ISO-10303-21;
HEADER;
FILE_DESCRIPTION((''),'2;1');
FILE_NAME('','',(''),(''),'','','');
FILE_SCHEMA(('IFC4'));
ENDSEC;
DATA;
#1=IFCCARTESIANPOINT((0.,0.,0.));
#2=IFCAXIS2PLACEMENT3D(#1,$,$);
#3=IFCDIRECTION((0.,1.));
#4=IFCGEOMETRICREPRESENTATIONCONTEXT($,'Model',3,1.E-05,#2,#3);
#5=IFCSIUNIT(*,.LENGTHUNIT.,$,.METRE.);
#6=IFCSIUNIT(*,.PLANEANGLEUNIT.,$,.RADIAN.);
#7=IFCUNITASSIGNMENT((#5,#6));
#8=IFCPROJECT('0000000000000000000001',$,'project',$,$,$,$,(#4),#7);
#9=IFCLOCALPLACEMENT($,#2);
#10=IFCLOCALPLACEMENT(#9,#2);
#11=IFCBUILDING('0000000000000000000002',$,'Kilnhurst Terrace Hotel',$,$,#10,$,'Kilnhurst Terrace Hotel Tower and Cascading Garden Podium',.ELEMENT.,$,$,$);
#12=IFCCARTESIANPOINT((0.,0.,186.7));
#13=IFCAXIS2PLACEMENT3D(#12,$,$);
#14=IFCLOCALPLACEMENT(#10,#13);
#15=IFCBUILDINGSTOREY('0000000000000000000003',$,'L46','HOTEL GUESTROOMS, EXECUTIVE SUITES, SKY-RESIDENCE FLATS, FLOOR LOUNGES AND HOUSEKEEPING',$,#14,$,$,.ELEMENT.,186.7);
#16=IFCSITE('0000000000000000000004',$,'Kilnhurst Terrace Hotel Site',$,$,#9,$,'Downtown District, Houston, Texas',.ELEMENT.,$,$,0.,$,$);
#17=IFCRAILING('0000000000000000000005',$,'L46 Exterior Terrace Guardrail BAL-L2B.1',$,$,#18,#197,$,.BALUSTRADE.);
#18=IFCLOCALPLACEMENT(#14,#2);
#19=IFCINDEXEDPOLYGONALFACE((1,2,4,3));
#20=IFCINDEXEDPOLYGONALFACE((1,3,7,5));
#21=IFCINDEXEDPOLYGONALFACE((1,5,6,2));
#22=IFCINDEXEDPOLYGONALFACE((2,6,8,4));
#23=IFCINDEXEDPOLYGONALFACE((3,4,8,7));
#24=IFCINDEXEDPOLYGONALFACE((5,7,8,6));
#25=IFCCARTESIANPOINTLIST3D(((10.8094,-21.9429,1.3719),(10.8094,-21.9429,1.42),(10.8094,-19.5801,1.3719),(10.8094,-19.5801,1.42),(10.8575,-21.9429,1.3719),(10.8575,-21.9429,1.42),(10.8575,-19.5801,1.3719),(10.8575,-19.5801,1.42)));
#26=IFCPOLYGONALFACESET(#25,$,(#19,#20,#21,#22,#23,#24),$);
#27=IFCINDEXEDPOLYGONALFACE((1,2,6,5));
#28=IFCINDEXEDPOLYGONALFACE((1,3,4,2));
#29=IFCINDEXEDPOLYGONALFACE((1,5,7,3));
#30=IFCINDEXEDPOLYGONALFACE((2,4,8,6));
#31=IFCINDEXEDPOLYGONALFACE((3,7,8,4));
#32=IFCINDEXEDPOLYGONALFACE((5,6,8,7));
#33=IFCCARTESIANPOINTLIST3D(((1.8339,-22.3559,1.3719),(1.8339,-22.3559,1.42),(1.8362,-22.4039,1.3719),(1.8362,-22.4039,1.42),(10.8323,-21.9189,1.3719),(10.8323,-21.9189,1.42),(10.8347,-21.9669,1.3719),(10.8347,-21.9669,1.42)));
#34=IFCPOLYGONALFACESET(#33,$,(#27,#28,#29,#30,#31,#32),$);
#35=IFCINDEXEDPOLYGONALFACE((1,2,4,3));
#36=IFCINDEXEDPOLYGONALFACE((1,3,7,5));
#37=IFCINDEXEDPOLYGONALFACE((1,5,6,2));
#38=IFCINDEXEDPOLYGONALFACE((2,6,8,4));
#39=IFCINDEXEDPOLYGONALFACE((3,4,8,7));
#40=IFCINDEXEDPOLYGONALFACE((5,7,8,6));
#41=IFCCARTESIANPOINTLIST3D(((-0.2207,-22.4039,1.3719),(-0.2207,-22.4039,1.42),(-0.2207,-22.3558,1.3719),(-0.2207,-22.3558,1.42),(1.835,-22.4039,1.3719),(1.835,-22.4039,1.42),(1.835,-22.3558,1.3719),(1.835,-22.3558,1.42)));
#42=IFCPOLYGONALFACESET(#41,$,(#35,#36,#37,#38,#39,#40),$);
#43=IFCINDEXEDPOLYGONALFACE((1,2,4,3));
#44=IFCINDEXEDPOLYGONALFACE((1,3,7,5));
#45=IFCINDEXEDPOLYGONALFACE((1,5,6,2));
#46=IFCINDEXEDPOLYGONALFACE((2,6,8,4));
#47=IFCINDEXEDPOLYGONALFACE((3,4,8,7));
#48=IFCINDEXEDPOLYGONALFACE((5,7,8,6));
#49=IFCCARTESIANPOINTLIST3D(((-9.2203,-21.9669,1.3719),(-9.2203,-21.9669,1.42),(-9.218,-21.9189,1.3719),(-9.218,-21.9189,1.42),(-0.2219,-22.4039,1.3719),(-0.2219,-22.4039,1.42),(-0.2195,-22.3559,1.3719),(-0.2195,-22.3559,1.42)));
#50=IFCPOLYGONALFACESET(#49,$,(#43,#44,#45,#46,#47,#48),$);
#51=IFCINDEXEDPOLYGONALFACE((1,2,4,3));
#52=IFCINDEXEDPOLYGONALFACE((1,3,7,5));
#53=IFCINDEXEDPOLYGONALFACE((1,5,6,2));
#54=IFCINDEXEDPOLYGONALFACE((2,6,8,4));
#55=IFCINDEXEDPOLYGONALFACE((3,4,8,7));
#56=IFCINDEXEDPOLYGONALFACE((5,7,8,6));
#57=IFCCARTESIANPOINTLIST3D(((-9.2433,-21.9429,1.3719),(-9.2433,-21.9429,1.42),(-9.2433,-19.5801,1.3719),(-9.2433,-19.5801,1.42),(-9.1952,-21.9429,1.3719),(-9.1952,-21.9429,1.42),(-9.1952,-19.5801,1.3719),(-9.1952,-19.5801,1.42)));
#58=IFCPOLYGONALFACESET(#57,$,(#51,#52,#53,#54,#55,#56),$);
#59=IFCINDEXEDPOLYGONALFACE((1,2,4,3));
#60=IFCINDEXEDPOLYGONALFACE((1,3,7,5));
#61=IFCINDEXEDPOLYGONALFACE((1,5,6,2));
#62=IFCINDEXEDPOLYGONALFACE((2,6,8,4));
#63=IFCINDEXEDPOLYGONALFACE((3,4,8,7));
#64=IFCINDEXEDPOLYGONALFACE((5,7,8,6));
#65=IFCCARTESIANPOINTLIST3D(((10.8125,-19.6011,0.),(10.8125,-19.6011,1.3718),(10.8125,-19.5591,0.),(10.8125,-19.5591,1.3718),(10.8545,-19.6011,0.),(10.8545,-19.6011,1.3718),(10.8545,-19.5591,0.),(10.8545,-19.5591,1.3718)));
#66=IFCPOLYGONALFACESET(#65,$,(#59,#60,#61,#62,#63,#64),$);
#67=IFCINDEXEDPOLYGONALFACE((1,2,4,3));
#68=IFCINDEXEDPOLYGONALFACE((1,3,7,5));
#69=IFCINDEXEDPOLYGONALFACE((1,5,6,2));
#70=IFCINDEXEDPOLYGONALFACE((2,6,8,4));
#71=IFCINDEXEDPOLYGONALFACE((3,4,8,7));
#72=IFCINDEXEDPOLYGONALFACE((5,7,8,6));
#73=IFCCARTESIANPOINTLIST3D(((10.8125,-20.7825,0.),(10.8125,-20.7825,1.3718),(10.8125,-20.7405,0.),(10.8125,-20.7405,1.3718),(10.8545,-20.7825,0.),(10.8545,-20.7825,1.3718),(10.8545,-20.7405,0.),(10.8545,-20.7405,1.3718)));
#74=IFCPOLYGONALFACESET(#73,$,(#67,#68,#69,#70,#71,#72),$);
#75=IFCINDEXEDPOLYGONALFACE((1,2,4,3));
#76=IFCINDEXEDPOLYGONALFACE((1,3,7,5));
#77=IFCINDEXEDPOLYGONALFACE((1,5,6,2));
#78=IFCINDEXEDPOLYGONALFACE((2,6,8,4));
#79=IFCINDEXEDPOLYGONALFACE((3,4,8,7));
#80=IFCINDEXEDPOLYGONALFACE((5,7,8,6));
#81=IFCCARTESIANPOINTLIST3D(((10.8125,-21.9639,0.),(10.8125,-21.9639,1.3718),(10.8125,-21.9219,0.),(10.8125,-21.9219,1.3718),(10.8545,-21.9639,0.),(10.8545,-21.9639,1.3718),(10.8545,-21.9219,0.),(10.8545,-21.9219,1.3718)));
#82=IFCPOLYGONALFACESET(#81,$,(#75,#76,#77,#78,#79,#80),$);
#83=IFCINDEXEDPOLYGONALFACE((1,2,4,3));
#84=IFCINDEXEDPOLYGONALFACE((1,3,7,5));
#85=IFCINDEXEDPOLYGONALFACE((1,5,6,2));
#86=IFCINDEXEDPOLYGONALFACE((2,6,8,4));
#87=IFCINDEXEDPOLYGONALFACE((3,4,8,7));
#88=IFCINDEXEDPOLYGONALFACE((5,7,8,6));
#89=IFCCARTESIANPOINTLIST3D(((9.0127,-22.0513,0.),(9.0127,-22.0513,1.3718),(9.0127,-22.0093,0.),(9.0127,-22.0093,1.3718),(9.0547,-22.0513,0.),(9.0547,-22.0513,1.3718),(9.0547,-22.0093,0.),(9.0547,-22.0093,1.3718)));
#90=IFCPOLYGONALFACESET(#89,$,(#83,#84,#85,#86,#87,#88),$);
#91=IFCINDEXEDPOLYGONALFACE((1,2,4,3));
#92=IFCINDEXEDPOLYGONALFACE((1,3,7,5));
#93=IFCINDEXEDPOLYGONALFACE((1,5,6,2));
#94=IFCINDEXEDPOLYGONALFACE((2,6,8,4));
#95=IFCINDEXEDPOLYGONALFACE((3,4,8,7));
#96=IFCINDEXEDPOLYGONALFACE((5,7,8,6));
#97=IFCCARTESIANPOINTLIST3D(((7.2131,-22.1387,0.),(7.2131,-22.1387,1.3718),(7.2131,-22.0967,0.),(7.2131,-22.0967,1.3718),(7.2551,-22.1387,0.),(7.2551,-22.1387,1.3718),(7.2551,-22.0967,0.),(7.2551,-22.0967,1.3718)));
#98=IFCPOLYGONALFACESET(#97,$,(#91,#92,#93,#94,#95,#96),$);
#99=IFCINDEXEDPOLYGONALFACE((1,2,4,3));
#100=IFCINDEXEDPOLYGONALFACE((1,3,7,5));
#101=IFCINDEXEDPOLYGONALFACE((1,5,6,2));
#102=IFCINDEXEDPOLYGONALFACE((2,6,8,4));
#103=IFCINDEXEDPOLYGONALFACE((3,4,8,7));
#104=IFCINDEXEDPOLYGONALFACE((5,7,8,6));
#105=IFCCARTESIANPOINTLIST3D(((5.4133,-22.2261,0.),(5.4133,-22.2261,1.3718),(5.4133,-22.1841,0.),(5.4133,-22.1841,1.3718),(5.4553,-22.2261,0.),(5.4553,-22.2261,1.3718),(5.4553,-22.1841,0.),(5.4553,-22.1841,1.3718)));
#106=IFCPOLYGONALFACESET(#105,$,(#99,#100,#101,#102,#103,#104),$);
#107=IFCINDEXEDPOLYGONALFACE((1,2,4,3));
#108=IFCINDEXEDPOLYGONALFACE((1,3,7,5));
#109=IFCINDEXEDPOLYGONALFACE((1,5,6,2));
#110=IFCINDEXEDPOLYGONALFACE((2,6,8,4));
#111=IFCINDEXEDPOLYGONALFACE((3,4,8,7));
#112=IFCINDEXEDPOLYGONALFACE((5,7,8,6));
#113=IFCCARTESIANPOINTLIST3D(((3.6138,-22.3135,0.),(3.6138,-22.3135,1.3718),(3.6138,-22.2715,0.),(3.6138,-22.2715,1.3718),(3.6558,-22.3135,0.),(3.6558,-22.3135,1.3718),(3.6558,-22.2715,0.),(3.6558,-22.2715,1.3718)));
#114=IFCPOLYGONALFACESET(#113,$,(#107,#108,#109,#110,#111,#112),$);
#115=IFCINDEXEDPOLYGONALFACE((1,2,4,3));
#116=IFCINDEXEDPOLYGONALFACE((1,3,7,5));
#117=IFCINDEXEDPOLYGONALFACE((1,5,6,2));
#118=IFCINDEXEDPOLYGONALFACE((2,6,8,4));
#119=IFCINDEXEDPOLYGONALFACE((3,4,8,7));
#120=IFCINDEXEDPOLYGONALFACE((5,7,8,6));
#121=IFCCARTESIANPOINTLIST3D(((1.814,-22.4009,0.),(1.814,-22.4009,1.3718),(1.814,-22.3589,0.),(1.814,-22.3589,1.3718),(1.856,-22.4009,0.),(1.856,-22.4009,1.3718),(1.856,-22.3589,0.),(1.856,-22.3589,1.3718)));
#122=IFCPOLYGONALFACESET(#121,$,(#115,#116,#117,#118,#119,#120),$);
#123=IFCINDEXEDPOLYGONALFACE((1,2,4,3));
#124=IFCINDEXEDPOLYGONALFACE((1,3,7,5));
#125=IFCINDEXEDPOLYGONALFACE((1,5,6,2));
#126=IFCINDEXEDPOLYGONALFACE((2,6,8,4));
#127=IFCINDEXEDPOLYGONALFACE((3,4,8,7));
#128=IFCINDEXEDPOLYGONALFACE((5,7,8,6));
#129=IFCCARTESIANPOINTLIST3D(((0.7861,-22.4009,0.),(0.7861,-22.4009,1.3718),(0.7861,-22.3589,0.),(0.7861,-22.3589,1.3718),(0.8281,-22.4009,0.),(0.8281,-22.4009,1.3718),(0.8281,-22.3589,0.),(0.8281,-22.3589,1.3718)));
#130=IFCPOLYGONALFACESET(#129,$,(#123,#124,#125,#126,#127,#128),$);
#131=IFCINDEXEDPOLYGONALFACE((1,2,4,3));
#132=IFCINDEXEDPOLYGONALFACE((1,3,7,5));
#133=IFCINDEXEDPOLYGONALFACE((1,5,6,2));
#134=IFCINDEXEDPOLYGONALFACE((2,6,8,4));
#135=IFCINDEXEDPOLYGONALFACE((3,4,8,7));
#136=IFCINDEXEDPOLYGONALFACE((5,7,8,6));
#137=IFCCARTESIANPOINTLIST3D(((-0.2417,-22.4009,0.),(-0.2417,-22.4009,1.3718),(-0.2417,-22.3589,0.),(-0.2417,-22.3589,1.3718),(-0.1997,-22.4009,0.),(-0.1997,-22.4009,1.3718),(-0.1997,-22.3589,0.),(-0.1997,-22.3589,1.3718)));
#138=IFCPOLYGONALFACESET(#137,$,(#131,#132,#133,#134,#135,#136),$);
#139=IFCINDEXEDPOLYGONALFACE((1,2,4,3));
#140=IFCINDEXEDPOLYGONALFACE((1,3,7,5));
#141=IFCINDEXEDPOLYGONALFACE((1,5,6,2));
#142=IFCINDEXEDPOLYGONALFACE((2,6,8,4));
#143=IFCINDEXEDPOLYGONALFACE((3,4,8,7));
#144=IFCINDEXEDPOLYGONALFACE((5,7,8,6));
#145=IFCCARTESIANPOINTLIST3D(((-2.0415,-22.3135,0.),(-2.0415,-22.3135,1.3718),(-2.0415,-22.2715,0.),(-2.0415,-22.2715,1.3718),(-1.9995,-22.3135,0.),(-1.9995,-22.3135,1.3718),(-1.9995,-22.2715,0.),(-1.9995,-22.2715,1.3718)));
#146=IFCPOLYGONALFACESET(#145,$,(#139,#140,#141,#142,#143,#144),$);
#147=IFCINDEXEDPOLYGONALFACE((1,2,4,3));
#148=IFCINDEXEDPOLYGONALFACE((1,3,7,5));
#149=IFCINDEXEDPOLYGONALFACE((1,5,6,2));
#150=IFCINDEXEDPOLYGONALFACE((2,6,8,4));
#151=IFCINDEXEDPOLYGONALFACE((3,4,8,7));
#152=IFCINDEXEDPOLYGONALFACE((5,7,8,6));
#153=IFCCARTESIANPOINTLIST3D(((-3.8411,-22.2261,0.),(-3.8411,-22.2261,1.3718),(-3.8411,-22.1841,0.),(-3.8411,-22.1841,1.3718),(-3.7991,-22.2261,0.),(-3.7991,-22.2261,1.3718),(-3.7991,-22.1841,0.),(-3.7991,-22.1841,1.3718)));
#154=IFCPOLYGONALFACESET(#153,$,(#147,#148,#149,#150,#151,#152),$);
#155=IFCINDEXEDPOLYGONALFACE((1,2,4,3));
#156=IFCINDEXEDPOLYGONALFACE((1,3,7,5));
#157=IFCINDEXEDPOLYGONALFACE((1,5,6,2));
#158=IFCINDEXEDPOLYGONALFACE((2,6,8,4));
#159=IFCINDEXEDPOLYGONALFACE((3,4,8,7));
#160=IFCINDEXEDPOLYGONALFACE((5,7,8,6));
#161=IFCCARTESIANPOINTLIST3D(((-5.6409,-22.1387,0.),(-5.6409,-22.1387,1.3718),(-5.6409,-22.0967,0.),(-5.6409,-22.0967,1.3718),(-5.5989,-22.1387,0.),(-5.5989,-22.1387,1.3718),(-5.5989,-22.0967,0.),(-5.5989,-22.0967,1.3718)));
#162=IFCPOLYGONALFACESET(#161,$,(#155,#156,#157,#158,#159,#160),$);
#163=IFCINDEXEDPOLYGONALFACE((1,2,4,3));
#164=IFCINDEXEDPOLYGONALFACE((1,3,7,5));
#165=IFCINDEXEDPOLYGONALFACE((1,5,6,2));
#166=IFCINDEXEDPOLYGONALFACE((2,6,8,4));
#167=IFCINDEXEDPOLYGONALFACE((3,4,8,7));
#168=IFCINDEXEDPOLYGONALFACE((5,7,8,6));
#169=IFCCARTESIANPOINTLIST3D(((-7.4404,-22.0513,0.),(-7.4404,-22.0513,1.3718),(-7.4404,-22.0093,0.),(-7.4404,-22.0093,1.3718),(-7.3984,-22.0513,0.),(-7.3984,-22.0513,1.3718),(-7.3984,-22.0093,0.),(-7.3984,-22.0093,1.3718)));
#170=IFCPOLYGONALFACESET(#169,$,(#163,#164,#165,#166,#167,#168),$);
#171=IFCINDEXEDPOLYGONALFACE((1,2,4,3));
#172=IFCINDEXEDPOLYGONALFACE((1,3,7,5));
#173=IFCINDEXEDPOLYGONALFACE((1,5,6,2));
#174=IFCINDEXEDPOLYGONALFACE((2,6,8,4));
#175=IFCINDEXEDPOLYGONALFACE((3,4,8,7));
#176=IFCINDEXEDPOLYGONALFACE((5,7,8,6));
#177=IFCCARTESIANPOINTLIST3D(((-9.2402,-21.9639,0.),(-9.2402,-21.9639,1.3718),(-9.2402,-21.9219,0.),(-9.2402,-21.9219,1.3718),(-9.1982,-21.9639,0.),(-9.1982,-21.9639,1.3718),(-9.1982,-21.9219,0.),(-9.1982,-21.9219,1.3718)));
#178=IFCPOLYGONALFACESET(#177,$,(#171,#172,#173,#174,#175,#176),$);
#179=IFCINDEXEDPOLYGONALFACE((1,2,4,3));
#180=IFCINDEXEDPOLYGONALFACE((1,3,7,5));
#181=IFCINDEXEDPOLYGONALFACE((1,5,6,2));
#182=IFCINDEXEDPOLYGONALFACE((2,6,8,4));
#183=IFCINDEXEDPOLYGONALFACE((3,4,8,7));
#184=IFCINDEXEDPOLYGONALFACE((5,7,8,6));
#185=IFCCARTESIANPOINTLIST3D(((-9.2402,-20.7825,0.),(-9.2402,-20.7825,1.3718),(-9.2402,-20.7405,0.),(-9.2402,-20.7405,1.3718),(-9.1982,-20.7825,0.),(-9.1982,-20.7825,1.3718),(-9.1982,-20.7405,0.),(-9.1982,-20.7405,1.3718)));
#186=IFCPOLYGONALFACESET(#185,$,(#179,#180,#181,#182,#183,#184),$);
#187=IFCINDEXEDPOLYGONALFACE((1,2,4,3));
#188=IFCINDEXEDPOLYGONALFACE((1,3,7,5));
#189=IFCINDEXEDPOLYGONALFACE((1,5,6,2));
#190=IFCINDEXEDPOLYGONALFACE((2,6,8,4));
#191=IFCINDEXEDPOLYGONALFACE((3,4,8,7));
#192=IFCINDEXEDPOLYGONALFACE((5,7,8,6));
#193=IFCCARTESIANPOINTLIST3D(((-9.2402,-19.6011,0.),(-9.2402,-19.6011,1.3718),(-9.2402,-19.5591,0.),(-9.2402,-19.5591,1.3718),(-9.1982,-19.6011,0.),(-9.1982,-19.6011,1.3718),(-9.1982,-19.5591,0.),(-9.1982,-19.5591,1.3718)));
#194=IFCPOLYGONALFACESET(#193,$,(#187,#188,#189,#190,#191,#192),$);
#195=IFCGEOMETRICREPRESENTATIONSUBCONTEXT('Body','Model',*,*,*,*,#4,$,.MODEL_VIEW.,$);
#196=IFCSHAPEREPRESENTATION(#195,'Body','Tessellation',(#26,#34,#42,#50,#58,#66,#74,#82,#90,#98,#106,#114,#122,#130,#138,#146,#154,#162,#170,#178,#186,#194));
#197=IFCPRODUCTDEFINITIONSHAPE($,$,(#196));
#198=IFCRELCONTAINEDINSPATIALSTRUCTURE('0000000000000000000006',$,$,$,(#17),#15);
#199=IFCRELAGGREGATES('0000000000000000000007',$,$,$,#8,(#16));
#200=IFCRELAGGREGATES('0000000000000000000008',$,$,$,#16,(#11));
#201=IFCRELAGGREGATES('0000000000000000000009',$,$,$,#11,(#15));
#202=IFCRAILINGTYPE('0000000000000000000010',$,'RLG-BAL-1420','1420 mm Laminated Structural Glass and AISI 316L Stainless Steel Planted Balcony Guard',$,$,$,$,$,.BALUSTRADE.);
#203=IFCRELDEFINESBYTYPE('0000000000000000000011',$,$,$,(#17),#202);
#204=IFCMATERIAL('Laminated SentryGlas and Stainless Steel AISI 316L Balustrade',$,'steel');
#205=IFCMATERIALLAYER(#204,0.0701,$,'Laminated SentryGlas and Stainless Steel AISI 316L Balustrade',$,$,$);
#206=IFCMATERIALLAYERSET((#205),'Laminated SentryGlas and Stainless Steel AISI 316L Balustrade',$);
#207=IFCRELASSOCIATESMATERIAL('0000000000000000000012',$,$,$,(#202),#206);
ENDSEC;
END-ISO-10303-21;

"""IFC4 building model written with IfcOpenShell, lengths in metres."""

from ifc_helpers import new_model, si_unit, direction, frame, origin, origin_2d, place, context, subcontext, project, spatial, rectangle, extrude, material, layer, layer_set, type_object, element, save


model = new_model("IFC4")

# Units and contexts
model_context = context("Model", 3, precision=1e-05, world=origin(), true_north=direction((0.0, 1.0)))
body_context = subcontext(model_context, "Body", "Model", "MODEL_VIEW")
ifc_project = project(units=[si_unit("LENGTHUNIT", "METRE"), si_unit("PLANEANGLEUNIT", "RADIAN")], contexts=[model_context])

# Site, building, storey
site_placement = place(None, origin())
site = spatial("IfcSite", under=ifc_project, at=site_placement, Name="Kilnhurst Terrace Hotel Site", LongName="Downtown District, Houston, Texas", CompositionType="ELEMENT", RefElevation=0.0)
building_placement = place(site_placement, origin())
building = spatial("IfcBuilding", under=site, at=building_placement, Name="Kilnhurst Terrace Hotel", LongName="Kilnhurst Terrace Hotel Tower and Cascading Garden Podium", CompositionType="ELEMENT")
storey_placement = place(building_placement, frame((0.0, 0.0, 186.7)))
storey = spatial("IfcBuildingStorey", under=building, at=storey_placement, Name="L46", Description="HOTEL GUESTROOMS, EXECUTIVE SUITES, SKY-RESIDENCE FLATS, FLOOR LOUNGES AND HOUSEKEEPING", CompositionType="ELEMENT", Elevation=186.7)

# Railing
ifc_material_1 = material(Name="Laminated SentryGlas and Stainless Steel AISI 316L Balustrade", Category="steel")
ifc_layer_1 = layer(ifc_material_1, 0.0701, Name="Laminated SentryGlas and Stainless Steel AISI 316L Balustrade")
ifc_layer_set_1 = layer_set([ifc_layer_1], Name="Laminated SentryGlas and Stainless Steel AISI 316L Balustrade")
railing_type = type_object("IfcRailingType", Name="RLG-BAL-1420", Description="1420 mm Laminated Structural Glass and AISI 316L Stainless Steel Planted Balcony Guard", PredefinedType="BALUSTRADE", material=ifc_layer_set_1)
railing_placement = place(storey_placement, frame((10.8335, -19.5801, 0.0)))
element("IfcRailing", 1, at=railing_placement, inside=storey, type_object=railing_type, Name="L46 Exterior Terrace Guardrail BAL-L2B.1", PredefinedType="BALUSTRADE", context=body_context, shape_type="SweptSolid", body=[
    extrude(rectangle(XDim=0.0481, YDim=0.0481, at=origin_2d()), frame((0.0, 0.0, 1.396), z_axis=(0.0, -1.0, 0.0), x_axis=(1.0, 0.0, 0.0)), (0.0, 0.0, 1.0), 2.3628),
    extrude(rectangle(XDim=0.0481, YDim=0.0481, at=origin_2d()), frame((0.0, -2.3628, 1.396), z_axis=(-0.998823, -0.048508, 0.0), x_axis=(0.048508, -0.998823, 0.0)), (0.0, 0.0, 1.0), 9.009),
    extrude(rectangle(XDim=0.0481, YDim=0.0481, at=origin_2d()), frame((-8.9985, -2.7998, 1.396), z_axis=(-1.0, 0.0, 0.0), x_axis=(0.0, -1.0, 0.0)), (0.0, 0.0, 1.0), 2.0557),
    extrude(rectangle(XDim=0.0481, YDim=0.0481, at=origin_2d()), frame((-11.0542, -2.7998, 1.396), z_axis=(-0.998823, 0.048508, 0.0), x_axis=(-0.048508, -0.998823, 0.0)), (0.0, 0.0, 1.0), 9.009),
    extrude(rectangle(XDim=0.0481, YDim=0.0481, at=origin_2d()), frame((-20.0527, -2.3628, 1.396), z_axis=(0.0, 1.0, 0.0), x_axis=(-1.0, 0.0, 0.0)), (0.0, 0.0, 1.0), 2.3628),
    extrude(rectangle(XDim=0.042, YDim=0.042, at=origin_2d()), origin(), (0.0, 0.0, 1.0), 1.3718),
    extrude(rectangle(XDim=0.042, YDim=0.042, at=origin_2d()), frame((0.0, -1.1814, 0.0)), (0.0, 0.0, 1.0), 1.3718),
    extrude(rectangle(XDim=0.042, YDim=0.042, at=origin_2d()), frame((0.0, -2.3628, 0.0)), (0.0, 0.0, 1.0), 1.3718),
    extrude(rectangle(XDim=0.042, YDim=0.042, at=origin_2d()), frame((-1.7998, -2.4502, 0.0)), (0.0, 0.0, 1.0), 1.3718),
    extrude(rectangle(XDim=0.042, YDim=0.042, at=origin_2d()), frame((-3.5994, -2.5376, 0.0)), (0.0, 0.0, 1.0), 1.3718),
    extrude(rectangle(XDim=0.042, YDim=0.042, at=origin_2d()), frame((-5.3992, -2.625, 0.0)), (0.0, 0.0, 1.0), 1.3718),
    extrude(rectangle(XDim=0.042, YDim=0.042, at=origin_2d()), frame((-7.1987, -2.7124, 0.0)), (0.0, 0.0, 1.0), 1.3718),
    extrude(rectangle(XDim=0.042, YDim=0.042, at=origin_2d()), frame((-8.9985, -2.7998, 0.0)), (0.0, 0.0, 1.0), 1.3718),
    extrude(rectangle(XDim=0.042, YDim=0.042, at=origin_2d()), frame((-10.0264, -2.7998, 0.0)), (0.0, 0.0, 1.0), 1.3718),
    extrude(rectangle(XDim=0.042, YDim=0.042, at=origin_2d()), frame((-11.0542, -2.7998, 0.0)), (0.0, 0.0, 1.0), 1.3718),
    extrude(rectangle(XDim=0.042, YDim=0.042, at=origin_2d()), frame((-12.854, -2.7124, 0.0)), (0.0, 0.0, 1.0), 1.3718),
    extrude(rectangle(XDim=0.042, YDim=0.042, at=origin_2d()), frame((-14.6536, -2.625, 0.0)), (0.0, 0.0, 1.0), 1.3718),
    extrude(rectangle(XDim=0.042, YDim=0.042, at=origin_2d()), frame((-16.4534, -2.5376, 0.0)), (0.0, 0.0, 1.0), 1.3718),
    extrude(rectangle(XDim=0.042, YDim=0.042, at=origin_2d()), frame((-18.2529, -2.4502, 0.0)), (0.0, 0.0, 1.0), 1.3718),
    extrude(rectangle(XDim=0.042, YDim=0.042, at=origin_2d()), frame((-20.0527, -2.3628, 0.0)), (0.0, 0.0, 1.0), 1.3718),
    extrude(rectangle(XDim=0.042, YDim=0.042, at=origin_2d()), frame((-20.0527, -1.1814, 0.0)), (0.0, 0.0, 1.0), 1.3718),
    extrude(rectangle(XDim=0.042, YDim=0.042, at=origin_2d()), frame((-20.0527, 0.0, 0.0)), (0.0, 0.0, 1.0), 1.3718),
])

save(model, "model.ifc")
